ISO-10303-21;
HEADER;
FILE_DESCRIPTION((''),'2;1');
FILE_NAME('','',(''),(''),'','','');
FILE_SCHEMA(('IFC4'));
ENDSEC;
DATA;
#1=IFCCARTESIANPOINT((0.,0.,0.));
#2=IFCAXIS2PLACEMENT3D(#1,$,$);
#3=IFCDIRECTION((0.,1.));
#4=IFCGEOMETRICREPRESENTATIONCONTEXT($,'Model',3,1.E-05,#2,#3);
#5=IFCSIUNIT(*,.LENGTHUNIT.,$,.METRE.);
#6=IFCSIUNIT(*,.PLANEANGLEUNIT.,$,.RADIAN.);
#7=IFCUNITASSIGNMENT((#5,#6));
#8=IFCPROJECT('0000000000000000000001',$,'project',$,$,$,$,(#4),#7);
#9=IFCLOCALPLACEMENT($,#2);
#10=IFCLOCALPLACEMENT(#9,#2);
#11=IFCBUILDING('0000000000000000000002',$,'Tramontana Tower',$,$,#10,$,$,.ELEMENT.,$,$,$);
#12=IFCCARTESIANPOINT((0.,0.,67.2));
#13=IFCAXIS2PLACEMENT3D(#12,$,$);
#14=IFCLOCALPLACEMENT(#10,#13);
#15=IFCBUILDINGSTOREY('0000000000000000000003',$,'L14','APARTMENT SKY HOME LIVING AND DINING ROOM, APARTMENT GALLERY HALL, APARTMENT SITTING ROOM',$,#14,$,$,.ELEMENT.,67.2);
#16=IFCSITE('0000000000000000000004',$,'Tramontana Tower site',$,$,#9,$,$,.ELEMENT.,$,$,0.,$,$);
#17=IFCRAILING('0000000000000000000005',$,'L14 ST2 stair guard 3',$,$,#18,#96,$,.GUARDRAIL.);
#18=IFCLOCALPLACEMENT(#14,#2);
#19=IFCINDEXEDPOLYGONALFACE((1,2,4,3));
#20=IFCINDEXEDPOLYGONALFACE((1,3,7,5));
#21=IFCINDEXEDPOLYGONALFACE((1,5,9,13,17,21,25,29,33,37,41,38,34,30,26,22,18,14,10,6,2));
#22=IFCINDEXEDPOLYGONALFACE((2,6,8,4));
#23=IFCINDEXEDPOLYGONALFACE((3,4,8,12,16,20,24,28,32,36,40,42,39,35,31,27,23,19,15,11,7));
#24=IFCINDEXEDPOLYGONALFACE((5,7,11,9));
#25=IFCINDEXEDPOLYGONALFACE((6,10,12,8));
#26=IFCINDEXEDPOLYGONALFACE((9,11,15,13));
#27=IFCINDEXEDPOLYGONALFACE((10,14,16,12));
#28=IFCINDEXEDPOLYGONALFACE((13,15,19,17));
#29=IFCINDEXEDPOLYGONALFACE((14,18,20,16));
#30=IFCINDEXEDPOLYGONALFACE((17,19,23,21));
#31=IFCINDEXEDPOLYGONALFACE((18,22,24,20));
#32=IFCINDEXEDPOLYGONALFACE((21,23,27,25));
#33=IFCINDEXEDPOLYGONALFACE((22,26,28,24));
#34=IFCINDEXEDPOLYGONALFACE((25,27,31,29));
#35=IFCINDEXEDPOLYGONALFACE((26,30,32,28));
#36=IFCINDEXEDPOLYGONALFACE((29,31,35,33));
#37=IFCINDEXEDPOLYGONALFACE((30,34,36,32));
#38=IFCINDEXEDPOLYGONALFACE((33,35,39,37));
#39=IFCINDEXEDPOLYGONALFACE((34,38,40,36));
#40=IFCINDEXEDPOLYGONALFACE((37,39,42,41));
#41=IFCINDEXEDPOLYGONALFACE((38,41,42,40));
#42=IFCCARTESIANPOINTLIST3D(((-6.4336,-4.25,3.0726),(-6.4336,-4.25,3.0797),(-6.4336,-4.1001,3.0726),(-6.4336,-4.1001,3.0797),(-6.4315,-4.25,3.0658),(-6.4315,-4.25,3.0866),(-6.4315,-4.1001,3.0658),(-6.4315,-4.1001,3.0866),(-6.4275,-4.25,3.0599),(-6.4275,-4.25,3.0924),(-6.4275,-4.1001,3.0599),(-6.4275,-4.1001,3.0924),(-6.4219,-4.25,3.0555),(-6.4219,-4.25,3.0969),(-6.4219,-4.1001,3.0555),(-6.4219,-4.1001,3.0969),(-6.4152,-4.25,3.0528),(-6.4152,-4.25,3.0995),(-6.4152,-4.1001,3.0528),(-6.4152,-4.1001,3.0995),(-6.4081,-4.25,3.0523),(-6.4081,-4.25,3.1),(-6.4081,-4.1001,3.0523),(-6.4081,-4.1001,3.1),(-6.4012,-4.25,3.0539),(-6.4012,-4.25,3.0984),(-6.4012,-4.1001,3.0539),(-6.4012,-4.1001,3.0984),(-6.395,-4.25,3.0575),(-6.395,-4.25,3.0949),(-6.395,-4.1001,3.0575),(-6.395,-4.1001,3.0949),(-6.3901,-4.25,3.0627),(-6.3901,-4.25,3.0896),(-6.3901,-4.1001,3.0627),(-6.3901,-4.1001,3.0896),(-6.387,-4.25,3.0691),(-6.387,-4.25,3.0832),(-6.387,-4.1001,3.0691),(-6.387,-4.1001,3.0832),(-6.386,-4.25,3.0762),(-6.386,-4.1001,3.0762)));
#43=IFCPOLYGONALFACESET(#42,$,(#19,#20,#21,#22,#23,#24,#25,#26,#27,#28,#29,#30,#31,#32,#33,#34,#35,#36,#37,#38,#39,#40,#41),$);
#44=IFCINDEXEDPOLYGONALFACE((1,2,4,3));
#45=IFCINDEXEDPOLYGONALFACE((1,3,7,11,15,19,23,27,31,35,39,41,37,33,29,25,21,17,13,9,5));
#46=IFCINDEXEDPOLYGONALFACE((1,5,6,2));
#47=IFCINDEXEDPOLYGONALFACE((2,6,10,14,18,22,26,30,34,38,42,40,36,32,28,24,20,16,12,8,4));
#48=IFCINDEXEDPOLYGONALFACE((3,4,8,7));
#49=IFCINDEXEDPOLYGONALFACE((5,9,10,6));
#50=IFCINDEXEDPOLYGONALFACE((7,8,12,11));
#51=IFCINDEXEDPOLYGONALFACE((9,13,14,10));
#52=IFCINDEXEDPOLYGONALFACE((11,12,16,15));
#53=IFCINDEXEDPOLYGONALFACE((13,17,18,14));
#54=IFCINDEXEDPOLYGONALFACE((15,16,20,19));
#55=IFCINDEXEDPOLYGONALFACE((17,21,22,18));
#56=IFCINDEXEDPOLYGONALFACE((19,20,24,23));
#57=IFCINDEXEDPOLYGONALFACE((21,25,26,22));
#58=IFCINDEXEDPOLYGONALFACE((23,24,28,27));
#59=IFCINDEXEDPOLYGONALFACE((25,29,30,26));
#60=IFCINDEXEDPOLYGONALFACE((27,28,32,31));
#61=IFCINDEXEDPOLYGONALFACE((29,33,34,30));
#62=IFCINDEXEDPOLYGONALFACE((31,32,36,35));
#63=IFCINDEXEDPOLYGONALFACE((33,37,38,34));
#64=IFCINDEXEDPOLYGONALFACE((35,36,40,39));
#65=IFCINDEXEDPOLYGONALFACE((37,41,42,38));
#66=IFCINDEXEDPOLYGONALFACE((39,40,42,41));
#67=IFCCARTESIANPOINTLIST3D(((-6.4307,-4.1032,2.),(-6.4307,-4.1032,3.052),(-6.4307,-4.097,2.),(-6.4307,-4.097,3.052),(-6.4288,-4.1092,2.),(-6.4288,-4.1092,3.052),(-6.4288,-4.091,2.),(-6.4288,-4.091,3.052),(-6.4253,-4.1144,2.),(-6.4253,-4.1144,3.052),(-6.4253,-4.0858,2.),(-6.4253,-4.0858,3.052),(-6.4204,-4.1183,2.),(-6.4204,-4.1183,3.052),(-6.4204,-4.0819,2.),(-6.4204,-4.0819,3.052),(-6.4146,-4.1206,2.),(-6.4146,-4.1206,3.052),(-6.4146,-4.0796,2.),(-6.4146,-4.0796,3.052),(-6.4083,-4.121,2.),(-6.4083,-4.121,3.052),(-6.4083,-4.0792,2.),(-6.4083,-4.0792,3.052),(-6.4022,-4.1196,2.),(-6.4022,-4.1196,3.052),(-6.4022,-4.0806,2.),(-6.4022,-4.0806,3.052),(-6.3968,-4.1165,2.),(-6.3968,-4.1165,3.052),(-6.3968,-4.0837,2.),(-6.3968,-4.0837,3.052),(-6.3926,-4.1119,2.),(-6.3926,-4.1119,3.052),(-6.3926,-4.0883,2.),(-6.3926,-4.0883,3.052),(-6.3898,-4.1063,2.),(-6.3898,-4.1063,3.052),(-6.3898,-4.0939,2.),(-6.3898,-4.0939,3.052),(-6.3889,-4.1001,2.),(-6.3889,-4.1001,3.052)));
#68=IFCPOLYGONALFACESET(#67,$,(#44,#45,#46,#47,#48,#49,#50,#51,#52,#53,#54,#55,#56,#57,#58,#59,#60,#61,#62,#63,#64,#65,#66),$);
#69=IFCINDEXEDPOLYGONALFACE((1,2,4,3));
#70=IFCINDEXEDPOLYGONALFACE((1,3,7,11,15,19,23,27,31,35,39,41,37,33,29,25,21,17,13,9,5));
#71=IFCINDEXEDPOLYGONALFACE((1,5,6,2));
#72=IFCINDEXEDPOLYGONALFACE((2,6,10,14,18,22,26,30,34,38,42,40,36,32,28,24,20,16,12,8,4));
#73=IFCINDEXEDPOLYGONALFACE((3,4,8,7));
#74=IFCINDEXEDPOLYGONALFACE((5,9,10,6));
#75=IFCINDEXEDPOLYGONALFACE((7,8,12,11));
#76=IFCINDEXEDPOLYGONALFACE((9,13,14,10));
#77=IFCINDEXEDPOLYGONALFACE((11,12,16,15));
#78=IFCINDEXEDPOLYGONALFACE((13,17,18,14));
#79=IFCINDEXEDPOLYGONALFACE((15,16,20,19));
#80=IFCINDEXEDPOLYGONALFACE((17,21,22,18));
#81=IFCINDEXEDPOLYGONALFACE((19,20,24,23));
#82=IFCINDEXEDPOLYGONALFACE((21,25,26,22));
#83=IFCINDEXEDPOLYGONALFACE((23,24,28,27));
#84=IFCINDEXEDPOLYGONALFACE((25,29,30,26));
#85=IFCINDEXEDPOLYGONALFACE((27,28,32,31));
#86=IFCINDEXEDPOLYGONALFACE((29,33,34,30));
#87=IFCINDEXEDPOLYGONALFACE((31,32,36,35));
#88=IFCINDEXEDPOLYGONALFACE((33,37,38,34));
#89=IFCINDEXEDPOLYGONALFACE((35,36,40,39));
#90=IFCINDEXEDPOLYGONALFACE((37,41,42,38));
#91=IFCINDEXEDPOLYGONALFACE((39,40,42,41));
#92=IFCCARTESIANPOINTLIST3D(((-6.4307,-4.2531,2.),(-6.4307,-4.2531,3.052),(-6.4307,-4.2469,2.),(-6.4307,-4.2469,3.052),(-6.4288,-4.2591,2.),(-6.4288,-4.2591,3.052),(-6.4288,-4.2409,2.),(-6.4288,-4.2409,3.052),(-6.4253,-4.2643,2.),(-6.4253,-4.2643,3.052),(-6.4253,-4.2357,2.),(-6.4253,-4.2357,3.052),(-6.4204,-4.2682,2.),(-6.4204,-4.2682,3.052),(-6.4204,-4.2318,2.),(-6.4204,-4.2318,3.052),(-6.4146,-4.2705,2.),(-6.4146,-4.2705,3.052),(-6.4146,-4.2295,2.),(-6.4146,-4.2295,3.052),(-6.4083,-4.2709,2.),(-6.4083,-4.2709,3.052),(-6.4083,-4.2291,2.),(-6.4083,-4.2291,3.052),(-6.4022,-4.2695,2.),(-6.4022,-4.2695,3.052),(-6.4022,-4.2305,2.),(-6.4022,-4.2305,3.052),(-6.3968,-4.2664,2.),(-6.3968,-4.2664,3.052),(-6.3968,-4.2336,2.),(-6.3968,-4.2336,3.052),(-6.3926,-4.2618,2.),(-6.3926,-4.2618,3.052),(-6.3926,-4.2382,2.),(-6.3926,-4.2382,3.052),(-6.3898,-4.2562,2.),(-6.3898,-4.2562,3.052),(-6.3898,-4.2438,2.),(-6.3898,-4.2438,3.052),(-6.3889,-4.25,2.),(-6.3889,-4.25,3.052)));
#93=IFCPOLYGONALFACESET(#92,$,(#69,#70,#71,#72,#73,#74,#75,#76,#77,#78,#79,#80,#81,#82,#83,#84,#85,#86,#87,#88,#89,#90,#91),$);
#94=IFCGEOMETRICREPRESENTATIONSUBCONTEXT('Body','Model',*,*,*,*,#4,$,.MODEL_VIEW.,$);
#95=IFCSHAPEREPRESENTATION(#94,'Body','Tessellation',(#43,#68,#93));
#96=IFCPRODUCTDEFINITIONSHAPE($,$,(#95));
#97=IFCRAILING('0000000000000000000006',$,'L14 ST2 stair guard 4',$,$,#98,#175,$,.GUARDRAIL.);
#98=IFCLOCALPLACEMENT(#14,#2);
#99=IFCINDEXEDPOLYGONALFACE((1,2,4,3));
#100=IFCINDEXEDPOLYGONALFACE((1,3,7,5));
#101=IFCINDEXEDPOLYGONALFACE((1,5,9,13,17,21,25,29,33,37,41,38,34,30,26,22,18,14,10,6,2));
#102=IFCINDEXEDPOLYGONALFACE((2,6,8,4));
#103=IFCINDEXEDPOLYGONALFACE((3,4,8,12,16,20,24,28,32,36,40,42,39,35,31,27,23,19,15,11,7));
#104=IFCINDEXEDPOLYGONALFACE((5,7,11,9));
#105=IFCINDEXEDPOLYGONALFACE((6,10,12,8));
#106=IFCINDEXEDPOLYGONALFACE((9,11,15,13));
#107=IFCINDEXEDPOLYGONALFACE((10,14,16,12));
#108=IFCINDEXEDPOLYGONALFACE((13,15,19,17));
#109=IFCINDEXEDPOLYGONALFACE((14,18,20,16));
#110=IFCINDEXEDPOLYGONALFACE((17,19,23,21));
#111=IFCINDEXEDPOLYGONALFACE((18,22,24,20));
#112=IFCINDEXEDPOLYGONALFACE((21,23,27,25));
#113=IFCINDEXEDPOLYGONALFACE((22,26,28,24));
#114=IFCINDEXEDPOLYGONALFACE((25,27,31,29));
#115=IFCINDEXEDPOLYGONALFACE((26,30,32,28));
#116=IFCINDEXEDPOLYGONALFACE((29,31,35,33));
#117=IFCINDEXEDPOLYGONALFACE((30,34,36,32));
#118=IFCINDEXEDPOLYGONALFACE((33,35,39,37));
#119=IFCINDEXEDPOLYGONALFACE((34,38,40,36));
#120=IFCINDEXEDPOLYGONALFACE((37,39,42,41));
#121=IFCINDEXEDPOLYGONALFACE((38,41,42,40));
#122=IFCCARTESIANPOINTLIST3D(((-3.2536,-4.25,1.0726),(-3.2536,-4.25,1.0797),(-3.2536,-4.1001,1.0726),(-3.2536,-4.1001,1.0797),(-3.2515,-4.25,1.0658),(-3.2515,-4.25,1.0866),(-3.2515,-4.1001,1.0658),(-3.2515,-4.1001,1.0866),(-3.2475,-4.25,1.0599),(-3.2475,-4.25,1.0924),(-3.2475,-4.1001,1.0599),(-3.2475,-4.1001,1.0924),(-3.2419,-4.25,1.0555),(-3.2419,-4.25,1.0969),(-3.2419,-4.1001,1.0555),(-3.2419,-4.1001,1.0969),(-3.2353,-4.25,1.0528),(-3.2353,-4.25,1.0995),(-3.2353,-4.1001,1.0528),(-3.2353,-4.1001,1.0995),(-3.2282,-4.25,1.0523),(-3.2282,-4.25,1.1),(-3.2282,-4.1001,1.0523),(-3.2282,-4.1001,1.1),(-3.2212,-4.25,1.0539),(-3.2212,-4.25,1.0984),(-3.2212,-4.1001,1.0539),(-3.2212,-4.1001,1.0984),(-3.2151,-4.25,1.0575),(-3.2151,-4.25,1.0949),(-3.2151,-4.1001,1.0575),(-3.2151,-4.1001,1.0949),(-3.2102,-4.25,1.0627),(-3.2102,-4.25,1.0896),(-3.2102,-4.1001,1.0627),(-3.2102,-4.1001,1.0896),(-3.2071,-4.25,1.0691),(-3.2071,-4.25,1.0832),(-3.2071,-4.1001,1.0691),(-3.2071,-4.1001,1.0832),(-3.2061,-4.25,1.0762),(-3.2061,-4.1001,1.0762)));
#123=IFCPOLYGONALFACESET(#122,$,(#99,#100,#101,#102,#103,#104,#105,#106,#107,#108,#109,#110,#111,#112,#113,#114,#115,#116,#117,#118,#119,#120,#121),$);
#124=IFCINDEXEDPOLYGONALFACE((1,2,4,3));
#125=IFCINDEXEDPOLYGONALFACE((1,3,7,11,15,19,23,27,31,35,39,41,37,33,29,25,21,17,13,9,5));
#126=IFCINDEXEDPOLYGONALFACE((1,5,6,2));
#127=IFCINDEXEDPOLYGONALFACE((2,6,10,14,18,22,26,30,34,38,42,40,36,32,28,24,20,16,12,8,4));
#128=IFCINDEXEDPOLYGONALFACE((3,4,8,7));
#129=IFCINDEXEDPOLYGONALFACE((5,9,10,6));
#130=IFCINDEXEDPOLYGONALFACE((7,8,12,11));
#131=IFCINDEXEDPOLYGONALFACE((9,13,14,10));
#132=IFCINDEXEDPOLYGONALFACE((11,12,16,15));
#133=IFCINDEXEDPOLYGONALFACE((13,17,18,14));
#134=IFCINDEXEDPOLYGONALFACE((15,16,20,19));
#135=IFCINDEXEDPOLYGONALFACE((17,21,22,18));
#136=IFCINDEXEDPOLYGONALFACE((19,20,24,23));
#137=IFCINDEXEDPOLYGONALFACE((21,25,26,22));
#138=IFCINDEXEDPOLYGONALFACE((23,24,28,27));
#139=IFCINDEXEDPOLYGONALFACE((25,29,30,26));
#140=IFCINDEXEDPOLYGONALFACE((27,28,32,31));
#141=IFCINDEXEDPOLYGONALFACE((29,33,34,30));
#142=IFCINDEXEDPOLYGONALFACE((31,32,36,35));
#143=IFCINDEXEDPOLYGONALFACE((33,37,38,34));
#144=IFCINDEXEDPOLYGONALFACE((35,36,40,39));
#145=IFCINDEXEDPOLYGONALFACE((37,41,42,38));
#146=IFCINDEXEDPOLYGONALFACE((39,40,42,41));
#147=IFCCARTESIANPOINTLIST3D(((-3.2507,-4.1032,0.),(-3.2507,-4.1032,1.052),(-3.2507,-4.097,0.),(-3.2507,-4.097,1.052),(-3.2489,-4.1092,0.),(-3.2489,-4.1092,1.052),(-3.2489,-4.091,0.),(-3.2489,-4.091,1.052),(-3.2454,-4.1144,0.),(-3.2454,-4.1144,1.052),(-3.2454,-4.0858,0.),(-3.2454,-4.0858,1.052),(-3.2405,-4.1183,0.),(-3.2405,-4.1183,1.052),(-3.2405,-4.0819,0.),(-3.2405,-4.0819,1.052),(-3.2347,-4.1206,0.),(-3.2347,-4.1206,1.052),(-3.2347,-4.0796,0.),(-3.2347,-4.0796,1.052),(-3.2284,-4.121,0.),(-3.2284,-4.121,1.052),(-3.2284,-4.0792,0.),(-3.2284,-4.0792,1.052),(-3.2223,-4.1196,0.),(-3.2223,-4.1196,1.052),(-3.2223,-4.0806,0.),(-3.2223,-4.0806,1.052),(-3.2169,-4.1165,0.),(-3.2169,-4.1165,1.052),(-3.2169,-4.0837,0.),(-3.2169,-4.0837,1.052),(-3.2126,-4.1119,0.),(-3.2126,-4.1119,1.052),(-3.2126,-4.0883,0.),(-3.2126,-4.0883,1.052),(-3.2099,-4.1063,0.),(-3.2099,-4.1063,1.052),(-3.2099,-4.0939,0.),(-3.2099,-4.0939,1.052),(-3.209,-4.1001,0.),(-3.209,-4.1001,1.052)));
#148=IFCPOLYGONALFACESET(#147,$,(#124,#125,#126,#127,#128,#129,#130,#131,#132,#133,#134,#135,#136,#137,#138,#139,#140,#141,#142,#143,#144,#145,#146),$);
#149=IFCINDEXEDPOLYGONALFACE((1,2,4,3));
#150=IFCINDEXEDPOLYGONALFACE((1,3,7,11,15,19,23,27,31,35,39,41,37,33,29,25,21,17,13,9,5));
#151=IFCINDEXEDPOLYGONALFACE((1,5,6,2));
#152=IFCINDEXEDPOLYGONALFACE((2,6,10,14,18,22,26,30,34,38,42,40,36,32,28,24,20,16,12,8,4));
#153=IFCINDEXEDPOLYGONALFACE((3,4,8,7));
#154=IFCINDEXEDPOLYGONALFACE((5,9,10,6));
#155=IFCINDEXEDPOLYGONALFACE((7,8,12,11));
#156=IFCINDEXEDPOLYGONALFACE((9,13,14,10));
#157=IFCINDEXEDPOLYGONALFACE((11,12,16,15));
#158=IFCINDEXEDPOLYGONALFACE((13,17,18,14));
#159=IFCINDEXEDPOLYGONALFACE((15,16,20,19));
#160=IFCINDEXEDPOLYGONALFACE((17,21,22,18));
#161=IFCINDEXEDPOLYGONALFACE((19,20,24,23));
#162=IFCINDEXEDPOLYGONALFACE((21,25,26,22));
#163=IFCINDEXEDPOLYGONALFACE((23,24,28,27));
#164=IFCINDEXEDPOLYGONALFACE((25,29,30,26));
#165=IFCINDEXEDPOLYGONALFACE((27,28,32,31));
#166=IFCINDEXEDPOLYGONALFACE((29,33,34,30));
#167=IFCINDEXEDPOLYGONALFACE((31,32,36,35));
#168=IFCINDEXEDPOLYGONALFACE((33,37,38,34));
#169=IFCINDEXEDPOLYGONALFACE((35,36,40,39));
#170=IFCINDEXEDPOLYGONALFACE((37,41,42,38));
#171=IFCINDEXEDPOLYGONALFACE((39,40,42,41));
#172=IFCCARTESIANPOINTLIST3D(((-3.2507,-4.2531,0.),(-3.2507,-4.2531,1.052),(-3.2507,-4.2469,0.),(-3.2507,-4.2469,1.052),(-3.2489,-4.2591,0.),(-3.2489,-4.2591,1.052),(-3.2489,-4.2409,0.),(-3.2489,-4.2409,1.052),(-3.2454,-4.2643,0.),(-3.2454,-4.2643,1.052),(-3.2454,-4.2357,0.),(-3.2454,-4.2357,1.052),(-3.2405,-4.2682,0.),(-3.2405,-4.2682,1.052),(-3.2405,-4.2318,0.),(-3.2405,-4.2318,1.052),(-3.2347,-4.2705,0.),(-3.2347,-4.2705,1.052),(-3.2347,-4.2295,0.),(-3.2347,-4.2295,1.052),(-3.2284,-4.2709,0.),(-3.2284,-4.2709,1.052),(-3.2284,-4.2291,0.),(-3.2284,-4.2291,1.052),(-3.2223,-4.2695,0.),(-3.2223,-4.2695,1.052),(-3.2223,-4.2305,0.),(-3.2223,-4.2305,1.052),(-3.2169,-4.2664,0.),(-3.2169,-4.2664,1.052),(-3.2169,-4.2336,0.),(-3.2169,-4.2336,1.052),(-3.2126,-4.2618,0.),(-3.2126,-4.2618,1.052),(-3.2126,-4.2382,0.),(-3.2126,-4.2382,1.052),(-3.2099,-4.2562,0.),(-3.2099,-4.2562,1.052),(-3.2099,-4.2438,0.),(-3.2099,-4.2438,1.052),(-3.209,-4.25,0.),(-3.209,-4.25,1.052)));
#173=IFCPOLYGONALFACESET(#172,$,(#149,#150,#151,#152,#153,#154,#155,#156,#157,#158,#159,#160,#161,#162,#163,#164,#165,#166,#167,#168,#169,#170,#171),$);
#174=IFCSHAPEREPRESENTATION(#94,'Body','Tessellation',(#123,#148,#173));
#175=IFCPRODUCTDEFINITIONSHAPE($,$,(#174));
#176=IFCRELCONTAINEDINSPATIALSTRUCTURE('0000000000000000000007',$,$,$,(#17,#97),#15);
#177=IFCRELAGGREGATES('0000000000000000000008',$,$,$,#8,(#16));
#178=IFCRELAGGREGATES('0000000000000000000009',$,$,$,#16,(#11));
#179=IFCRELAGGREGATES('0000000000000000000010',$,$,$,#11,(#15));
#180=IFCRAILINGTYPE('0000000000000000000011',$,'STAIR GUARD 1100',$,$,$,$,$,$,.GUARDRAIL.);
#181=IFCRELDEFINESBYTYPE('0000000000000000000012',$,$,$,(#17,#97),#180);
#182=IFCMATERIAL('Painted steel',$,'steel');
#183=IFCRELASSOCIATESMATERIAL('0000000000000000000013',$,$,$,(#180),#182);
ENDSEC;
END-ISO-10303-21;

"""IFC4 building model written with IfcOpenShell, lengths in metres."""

from ifc_helpers import new_model, si_unit, direction, frame, origin, origin_2d, place, context, subcontext, project, spatial, circle, extrude, material, type_object, element, save


model = new_model("IFC4")

# Units and contexts
model_context = context("Model", 3, precision=1e-05, world=origin(), true_north=direction((0.0, 1.0)))
body_context = subcontext(model_context, "Body", "Model", "MODEL_VIEW")
ifc_project = project(units=[si_unit("LENGTHUNIT", "METRE"), si_unit("PLANEANGLEUNIT", "RADIAN")], contexts=[model_context])

# Site, building, storey
site_placement = place(None, origin())
site = spatial("IfcSite", under=ifc_project, at=site_placement, Name="Tramontana Tower site", CompositionType="ELEMENT", RefElevation=0.0)
building_placement = place(site_placement, origin())
building = spatial("IfcBuilding", under=site, at=building_placement, Name="Tramontana Tower", CompositionType="ELEMENT")
storey_placement = place(building_placement, frame((0.0, 0.0, 67.2)))
storey = spatial("IfcBuildingStorey", under=building, at=storey_placement, Name="L14", Description="APARTMENT SKY HOME LIVING AND DINING ROOM, APARTMENT GALLERY HALL, APARTMENT SITTING ROOM", CompositionType="ELEMENT", Elevation=67.2)

# Railings
ifc_material_1 = material(Name="Painted steel", Category="steel")
railing_type_1 = type_object("IfcRailingType", Name="STAIR GUARD 1100", PredefinedType="GUARDRAIL", material=ifc_material_1)
for number, where, name in (
    (1, (-6.4099, -4.1001, 2.0), "L14 ST2 stair guard 3"),
    (2, (-3.23, -4.1001, 0.0), "L14 ST2 stair guard 4"),
):
    element("IfcRailing", number, at=place(storey_placement, frame(where)), inside=storey, type_object=railing_type_1, Name=name, PredefinedType="GUARDRAIL", context=body_context, shape_type="SweptSolid", body=[
        extrude(circle(Radius=0.0239, at=origin_2d()), frame((0.0, 0.0, 1.0762), z_axis=(0.0, -1.0, 0.0), x_axis=(1.0, 0.0, 0.0)), (0.0, 0.0, 1.0), 0.1499),
        extrude(circle(Radius=0.021, at=origin_2d()), origin(), (0.0, 0.0, 1.0), 1.052),
        extrude(circle(Radius=0.021, at=origin_2d()), frame((0.0, -0.1499, 0.0)), (0.0, 0.0, 1.0), 1.052),
    ])

save(model, "model.ifc")
